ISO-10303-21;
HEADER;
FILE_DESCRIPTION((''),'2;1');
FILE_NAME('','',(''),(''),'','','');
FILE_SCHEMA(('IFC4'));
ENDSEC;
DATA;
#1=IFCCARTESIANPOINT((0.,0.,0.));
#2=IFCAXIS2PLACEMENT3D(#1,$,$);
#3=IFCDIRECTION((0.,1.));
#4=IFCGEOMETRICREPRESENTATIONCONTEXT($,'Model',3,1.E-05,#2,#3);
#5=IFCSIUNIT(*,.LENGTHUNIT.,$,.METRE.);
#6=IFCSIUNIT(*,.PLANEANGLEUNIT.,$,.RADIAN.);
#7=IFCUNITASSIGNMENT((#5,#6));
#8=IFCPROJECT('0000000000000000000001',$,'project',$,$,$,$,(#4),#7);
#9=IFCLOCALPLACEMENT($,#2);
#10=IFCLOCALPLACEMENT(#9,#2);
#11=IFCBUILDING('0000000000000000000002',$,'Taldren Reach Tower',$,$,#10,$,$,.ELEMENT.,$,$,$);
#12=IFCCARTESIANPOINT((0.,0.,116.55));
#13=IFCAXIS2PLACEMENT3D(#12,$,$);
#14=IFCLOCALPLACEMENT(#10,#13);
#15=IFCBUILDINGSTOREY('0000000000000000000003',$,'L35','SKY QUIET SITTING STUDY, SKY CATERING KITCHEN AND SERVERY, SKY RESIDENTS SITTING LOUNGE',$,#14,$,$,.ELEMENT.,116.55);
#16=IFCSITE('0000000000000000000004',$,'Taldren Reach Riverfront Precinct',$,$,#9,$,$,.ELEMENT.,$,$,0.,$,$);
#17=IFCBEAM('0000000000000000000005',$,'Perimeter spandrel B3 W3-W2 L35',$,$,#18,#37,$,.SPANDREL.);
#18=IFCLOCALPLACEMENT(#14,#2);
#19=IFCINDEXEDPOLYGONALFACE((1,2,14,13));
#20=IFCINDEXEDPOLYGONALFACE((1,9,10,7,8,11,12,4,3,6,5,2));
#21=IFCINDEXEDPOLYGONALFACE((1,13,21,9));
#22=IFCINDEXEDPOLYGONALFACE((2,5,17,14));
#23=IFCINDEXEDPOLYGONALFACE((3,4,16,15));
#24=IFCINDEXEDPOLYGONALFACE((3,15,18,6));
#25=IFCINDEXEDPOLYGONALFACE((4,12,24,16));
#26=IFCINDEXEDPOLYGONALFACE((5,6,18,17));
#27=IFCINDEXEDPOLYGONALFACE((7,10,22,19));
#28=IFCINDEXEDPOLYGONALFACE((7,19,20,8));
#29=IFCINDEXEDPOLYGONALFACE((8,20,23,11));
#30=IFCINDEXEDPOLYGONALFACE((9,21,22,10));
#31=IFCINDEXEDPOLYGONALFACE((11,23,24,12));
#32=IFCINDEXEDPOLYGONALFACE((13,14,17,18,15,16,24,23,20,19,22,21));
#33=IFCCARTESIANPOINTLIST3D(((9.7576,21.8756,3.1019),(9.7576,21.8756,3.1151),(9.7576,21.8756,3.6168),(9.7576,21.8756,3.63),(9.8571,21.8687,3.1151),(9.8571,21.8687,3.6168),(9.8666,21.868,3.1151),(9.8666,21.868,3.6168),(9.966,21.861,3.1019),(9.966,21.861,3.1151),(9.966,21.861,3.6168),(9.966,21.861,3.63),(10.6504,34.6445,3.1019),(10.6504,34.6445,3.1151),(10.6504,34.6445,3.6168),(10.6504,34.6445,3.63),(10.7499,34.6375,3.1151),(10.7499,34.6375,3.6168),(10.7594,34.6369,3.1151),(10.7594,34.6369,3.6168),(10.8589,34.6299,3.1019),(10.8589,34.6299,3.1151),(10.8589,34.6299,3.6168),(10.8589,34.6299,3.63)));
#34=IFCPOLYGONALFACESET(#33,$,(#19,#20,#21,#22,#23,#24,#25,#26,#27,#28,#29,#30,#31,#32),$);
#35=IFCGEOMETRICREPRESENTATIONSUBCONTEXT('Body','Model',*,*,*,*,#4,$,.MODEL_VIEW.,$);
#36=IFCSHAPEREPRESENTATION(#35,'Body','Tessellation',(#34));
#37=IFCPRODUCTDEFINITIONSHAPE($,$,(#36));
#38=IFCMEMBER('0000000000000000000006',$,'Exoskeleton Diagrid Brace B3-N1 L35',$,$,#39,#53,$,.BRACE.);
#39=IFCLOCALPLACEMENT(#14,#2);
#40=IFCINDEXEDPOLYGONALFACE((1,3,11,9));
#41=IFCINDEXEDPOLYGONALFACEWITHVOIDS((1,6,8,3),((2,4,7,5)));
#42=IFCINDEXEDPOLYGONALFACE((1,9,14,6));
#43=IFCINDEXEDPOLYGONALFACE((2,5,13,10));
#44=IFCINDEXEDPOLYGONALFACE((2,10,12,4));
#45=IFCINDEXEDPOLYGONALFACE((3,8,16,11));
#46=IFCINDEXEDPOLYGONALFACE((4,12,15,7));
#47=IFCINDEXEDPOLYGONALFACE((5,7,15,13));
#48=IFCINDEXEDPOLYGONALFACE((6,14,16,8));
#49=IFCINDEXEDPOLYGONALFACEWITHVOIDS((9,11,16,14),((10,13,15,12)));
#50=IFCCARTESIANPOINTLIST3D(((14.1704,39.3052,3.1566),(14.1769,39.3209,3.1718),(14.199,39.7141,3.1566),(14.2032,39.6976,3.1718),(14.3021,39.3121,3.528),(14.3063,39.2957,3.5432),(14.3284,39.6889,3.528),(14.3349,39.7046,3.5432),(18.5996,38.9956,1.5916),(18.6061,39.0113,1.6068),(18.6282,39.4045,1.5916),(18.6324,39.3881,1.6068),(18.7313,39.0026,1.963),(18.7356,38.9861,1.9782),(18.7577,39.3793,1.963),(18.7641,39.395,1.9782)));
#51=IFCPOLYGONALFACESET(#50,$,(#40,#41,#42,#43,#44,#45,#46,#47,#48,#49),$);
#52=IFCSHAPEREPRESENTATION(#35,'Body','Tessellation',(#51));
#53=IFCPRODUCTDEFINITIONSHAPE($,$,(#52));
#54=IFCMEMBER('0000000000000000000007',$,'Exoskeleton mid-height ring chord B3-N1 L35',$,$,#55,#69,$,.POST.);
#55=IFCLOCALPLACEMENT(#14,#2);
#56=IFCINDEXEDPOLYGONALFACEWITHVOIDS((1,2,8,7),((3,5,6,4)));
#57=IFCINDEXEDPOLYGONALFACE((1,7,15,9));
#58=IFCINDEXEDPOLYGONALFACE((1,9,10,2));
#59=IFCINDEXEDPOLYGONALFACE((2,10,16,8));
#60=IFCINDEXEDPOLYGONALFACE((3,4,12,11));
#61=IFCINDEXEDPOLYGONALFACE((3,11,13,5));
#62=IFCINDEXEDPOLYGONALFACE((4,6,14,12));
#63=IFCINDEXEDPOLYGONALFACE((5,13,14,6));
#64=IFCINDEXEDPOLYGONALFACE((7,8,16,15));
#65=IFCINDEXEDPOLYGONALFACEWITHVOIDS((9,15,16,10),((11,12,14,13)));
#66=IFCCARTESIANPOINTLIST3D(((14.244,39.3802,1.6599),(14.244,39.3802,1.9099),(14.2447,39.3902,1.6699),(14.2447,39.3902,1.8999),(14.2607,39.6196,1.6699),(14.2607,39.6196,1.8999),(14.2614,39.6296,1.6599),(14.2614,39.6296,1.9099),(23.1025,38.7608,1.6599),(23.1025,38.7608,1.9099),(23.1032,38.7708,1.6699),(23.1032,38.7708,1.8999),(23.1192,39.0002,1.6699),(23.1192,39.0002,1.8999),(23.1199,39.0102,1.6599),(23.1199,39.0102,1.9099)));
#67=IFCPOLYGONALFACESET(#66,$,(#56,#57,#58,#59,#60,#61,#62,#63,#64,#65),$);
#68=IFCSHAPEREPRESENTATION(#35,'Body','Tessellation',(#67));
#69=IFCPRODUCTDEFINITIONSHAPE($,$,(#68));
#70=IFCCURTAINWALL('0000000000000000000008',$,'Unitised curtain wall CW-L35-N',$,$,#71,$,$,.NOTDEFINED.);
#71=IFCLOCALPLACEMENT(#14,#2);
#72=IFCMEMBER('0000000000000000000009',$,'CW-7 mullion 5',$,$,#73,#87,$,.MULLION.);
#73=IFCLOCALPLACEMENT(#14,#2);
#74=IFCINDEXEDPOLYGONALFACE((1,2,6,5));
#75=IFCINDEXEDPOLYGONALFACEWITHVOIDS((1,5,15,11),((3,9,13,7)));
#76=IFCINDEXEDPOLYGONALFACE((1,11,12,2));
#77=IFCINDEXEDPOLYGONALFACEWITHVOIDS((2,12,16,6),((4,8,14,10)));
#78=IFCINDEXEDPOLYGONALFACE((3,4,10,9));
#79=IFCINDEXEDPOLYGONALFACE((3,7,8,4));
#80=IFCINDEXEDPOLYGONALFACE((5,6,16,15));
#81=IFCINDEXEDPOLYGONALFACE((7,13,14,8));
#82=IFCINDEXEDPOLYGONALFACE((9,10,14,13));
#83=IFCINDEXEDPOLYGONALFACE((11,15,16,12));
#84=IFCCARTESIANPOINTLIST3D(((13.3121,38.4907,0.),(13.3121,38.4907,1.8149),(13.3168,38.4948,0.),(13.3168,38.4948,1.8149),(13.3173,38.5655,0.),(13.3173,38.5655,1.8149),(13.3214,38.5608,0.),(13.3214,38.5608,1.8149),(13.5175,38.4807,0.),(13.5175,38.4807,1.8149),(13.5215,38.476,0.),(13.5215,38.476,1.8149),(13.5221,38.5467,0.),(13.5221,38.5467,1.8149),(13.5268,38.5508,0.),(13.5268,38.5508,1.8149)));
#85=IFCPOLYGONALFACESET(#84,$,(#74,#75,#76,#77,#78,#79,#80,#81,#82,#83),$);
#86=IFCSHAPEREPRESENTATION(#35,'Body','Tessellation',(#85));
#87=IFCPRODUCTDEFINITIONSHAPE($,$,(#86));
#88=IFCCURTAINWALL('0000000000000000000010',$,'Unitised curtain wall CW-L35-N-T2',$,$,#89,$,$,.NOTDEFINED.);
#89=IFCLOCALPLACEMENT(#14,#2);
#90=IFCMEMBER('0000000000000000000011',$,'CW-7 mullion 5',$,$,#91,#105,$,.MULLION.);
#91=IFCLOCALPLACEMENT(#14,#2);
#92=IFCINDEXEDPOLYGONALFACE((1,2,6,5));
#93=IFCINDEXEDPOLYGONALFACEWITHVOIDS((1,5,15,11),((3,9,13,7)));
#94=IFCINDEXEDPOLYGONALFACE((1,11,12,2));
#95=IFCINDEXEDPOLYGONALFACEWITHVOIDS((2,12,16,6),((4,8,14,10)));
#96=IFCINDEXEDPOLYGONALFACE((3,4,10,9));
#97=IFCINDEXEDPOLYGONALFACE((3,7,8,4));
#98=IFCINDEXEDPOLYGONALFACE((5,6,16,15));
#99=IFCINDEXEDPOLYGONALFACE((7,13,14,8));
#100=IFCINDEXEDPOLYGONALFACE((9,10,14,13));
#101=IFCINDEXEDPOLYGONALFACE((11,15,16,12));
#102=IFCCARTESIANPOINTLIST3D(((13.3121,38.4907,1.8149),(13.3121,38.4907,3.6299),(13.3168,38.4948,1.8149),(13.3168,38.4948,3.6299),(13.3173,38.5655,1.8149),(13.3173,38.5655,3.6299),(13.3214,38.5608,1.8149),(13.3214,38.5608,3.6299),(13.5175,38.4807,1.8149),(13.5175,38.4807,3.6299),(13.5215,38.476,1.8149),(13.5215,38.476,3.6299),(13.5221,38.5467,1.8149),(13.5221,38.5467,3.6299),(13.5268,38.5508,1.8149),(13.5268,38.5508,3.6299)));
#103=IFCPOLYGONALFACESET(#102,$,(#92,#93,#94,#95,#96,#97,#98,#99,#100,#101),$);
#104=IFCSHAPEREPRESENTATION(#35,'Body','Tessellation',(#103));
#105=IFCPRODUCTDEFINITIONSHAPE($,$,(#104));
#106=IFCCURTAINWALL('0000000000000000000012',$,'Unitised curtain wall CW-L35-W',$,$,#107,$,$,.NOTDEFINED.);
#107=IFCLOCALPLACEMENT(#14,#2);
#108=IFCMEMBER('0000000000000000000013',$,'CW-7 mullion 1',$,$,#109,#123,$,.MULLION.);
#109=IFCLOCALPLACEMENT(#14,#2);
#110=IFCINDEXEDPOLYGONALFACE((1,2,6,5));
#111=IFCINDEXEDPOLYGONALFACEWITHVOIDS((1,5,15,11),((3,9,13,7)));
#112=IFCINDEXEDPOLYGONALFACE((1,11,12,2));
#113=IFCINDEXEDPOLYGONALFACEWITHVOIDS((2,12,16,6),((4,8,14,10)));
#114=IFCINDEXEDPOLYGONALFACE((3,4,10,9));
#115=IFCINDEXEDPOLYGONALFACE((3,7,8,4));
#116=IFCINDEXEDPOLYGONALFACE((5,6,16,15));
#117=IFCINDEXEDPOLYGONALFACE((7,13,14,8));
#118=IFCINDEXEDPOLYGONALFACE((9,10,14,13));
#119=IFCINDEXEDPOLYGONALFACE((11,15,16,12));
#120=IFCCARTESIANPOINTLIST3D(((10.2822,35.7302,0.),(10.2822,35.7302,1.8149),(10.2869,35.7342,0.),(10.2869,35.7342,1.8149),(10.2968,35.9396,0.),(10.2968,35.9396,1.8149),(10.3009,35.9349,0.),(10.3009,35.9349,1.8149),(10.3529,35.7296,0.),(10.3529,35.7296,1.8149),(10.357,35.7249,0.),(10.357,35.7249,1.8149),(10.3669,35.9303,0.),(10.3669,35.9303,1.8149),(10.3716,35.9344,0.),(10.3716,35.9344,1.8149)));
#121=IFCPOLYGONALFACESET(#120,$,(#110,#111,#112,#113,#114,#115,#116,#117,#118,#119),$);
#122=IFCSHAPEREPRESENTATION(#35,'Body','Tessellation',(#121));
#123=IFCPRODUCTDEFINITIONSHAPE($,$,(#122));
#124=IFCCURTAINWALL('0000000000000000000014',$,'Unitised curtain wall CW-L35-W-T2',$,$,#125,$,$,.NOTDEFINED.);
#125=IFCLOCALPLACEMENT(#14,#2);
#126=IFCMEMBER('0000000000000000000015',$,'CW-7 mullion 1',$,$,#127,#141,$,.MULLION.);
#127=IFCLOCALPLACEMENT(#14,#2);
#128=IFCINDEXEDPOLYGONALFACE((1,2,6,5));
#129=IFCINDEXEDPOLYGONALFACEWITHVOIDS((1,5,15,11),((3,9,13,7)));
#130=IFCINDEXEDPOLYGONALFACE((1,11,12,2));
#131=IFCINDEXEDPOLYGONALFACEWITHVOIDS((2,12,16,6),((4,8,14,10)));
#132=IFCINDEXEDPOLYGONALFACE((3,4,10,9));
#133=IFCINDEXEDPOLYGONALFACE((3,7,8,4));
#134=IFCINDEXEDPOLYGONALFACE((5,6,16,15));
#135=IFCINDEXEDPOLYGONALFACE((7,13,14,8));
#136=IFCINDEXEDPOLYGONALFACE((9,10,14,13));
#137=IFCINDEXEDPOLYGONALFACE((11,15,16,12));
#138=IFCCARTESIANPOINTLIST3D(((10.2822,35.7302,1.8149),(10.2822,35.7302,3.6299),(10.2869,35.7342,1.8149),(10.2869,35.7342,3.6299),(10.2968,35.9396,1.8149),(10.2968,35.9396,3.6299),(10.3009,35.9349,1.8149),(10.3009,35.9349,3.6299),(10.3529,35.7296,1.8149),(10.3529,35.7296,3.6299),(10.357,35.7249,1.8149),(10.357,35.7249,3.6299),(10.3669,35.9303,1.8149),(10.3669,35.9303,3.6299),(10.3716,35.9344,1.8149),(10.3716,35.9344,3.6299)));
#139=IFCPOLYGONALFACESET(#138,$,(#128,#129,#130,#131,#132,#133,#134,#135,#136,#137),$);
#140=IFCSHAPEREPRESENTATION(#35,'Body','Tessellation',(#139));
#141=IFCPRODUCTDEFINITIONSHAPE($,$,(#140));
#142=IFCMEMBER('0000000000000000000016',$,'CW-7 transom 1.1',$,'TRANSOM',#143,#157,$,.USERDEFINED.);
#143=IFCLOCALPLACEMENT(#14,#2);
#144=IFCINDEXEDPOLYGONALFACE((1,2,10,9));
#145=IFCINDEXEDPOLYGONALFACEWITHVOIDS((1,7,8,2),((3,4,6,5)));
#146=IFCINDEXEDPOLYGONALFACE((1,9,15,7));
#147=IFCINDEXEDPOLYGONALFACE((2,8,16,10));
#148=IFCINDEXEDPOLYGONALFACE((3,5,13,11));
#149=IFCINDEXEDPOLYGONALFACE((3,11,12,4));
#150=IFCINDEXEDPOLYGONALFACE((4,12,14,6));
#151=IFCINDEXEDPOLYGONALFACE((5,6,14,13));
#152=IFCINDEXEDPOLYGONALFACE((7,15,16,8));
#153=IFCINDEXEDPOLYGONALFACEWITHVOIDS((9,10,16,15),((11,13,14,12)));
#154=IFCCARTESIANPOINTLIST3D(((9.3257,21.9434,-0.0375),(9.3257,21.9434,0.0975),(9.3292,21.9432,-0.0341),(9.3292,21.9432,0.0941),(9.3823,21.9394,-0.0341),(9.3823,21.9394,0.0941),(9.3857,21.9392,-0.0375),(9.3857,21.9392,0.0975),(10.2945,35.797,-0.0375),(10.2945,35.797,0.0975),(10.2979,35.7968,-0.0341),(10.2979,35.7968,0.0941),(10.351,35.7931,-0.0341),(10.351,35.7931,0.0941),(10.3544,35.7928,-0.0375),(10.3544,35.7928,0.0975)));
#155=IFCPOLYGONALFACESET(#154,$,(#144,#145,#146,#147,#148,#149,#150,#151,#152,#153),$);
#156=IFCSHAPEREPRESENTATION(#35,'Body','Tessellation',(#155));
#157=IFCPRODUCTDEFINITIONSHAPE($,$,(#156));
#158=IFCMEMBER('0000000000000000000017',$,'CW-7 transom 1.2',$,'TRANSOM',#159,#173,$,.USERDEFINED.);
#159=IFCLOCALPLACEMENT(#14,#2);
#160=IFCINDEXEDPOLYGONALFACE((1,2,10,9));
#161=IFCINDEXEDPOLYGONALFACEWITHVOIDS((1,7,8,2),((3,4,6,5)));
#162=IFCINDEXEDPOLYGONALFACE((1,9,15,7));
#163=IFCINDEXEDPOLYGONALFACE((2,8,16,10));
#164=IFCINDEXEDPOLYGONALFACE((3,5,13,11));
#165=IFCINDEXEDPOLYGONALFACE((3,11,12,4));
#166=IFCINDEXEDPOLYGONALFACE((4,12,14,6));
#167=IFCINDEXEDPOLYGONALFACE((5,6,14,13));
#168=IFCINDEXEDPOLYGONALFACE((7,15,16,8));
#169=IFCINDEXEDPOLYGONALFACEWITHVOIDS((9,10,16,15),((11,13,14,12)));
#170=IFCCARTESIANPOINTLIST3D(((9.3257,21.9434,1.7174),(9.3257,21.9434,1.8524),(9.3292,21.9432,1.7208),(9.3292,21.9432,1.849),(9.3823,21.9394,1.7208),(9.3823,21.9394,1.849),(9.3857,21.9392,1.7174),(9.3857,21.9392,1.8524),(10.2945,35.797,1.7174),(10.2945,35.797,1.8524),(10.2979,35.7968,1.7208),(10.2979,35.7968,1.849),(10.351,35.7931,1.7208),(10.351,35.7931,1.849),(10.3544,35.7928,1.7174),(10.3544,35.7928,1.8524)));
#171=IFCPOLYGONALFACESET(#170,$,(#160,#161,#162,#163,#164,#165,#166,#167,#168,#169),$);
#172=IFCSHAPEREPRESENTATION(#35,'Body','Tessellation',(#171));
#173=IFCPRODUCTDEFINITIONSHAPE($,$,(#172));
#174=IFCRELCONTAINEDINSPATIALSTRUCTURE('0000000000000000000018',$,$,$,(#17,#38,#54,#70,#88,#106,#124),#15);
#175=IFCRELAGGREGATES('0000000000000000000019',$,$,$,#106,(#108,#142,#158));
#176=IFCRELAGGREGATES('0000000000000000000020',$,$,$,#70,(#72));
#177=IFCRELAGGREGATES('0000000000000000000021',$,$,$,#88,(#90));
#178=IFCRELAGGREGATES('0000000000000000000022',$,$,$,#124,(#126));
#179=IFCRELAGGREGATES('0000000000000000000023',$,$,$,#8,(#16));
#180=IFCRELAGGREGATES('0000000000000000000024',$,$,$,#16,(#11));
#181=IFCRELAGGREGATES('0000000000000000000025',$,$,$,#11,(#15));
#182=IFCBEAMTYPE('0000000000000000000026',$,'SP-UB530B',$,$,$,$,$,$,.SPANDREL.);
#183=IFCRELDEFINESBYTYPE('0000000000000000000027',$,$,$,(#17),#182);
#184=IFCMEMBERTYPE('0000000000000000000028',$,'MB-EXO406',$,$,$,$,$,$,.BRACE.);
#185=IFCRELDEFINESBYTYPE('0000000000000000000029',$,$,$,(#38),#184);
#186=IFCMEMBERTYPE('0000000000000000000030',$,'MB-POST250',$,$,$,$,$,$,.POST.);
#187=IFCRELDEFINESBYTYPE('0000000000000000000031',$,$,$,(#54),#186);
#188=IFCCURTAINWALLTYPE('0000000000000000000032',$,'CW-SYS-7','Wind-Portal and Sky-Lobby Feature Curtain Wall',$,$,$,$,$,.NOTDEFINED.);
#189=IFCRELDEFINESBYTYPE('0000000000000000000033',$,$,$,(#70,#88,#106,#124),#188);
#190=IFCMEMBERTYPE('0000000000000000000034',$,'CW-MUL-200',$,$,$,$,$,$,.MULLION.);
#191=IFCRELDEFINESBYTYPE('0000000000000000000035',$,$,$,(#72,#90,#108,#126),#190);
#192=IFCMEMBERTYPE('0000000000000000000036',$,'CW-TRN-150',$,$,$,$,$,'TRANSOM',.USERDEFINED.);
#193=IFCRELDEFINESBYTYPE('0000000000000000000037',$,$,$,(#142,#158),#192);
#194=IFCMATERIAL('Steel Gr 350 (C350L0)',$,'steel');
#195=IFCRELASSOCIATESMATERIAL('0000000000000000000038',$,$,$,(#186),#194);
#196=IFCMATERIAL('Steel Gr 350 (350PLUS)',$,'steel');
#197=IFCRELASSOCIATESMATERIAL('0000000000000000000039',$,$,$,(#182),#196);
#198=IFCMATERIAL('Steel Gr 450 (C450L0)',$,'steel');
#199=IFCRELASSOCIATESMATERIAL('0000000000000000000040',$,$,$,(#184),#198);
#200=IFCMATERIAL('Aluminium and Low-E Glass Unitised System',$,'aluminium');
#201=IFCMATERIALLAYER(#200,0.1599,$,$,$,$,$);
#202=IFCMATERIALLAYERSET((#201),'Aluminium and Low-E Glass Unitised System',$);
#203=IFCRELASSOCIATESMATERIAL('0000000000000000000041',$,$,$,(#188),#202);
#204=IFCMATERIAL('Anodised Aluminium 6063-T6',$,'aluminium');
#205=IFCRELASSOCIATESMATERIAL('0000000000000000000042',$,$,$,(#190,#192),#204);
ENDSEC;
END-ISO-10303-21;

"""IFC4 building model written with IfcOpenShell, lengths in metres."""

from ifc_helpers import new_model, si_unit, direction, frame, origin, origin_2d, place, context, subcontext, project, spatial, hollow_rectangle, i_section, extrude, source, transform, mapped, material, layer, layer_set, material_profile, profile_set, type_object, element, aggregate, save


model = new_model("IFC4")

# Units and contexts
model_context = context("Model", 3, precision=1e-05, world=origin(), true_north=direction((0.0, 1.0)))
body_context = subcontext(model_context, "Body", "Model", "MODEL_VIEW")
ifc_project = project(units=[si_unit("LENGTHUNIT", "METRE"), si_unit("PLANEANGLEUNIT", "RADIAN")], contexts=[model_context])

# Site, building, storey
site_placement = place(None, origin())
site = spatial("IfcSite", under=ifc_project, at=site_placement, Name="Taldren Reach Riverfront Precinct", CompositionType="ELEMENT", RefElevation=0.0)
building_placement = place(site_placement, origin())
building = spatial("IfcBuilding", under=site, at=building_placement, Name="Taldren Reach Tower", CompositionType="ELEMENT")
storey_placement = place(building_placement, frame((0.0, 0.0, 116.55)))
storey = spatial("IfcBuildingStorey", under=building, at=storey_placement, Name="L35", Description="SKY QUIET SITTING STUDY, SKY CATERING KITCHEN AND SERVERY, SKY RESIDENTS SITTING LOUNGE", CompositionType="ELEMENT", Elevation=116.55)

# Shared definitions
ifc_material_1 = material(Name="Steel Gr 450 (C450L0)", Category="steel")
ifc_material_2 = material(Name="Steel Gr 350 (350PLUS)", Category="steel")

# Shared definitions
ifc_material_3 = material(Name="Steel Gr 350 (C350L0)", Category="steel")
ifc_material_profile_1 = material_profile(ifc_material_3, hollow_rectangle(XDim=0.25, YDim=0.25, WallThickness=0.01, at=origin_2d()), Name="250x250x10.0SHS")
ifc_profile_set_1 = profile_set([ifc_material_profile_1], Name="Steel Gr 350 (C350L0)")
member_type_1 = type_object("IfcMemberType", Name="MB-POST250", PredefinedType="POST", material=ifc_profile_set_1)

# Beam
ifc_material_profile_2 = material_profile(ifc_material_2, i_section(OverallWidth=0.209, OverallDepth=0.5281, WebThickness=0.0095, FlangeThickness=0.0132, at=origin_2d()), Name="530UB82.0")
ifc_profile_set_2 = profile_set([ifc_material_profile_2], Name="Steel Gr 350 (350PLUS)")
beam_type_1 = type_object("IfcBeamType", Name="SP-UB530B", PredefinedType="SPANDREL", material=ifc_profile_set_2)
shared_shape_1 = source(origin(), body_context, "Body", "SweptSolid", [
    extrude(i_section(OverallWidth=0.209, OverallDepth=0.5281, WebThickness=0.0095, FlangeThickness=0.0132, at=origin_2d()), origin(), (0.0, 0.0, 1.0), 12.8),
])
beam_1_placement = place(storey_placement, frame((10.7546, 34.6372, 3.366), z_axis=(-0.069752, -0.997564, 0.0), x_axis=(0.997564, -0.069752, 0.0)))
element("IfcBeam", 1, at=beam_1_placement, inside=storey, type_object=beam_type_1, Name="Perimeter spandrel B3 W3-W2 L35", PredefinedType="SPANDREL", context=body_context, shape_type="MappedRepresentation", body=[
    mapped(shared_shape_1, transform((0.0, 0.0, 0.0), scale=1.0)),
])

# Members
ifc_material_profile_3 = material_profile(ifc_material_1, hollow_rectangle(XDim=0.4099, YDim=0.4099, WallThickness=0.0161, at=origin_2d()), Name="410x410x16.0SHS")
ifc_profile_set_3 = profile_set([ifc_material_profile_3], Name="Steel Gr 450 (C450L0)")
member_type_2 = type_object("IfcMemberType", Name="MB-EXO406", PredefinedType="BRACE", material=ifc_profile_set_3)
shared_shape_2 = source(origin(), body_context, "Body", "SweptSolid", [
    extrude(hollow_rectangle(XDim=0.4099, YDim=0.4099, WallThickness=0.0161, at=origin_2d()), origin(), (0.0, 0.0, 1.0), 4.7078),
])
member_1_placement = place(storey_placement, frame((18.6819, 39.1953, 1.7849), z_axis=(-0.940836, 0.065758, 0.33242), x_axis=(-0.069723, -0.997566, 0.0)))
element("IfcMember", 2, at=member_1_placement, inside=storey, type_object=member_type_2, Name="Exoskeleton Diagrid Brace B3-N1 L35", PredefinedType="BRACE", context=body_context, shape_type="MappedRepresentation", body=[
    mapped(shared_shape_2, transform((0.0, 0.0, 0.0), scale=1.0)),
])
shared_shape_3 = source(origin(), body_context, "Body", "SweptSolid", [
    extrude(hollow_rectangle(XDim=0.25, YDim=0.25, WallThickness=0.01, at=origin_2d()), origin(), (0.0, 0.0, 1.0), 8.8801),
])
member_2_placement = place(storey_placement, frame((14.2527, 39.5049, 1.7849), z_axis=(0.997564, -0.06975, 0.0), x_axis=(0.06975, 0.997564, 0.0)))
element("IfcMember", 3, at=member_2_placement, inside=storey, type_object=member_type_1, Name="Exoskeleton mid-height ring chord B3-N1 L35", PredefinedType="POST", context=body_context, shape_type="MappedRepresentation", body=[
    mapped(shared_shape_3, transform((0.0, 0.0, 0.0), scale=1.0)),
])

# Curtain walls, members
ifc_material_4 = material(Name="Aluminium and Low-E Glass Unitised System", Category="aluminium")
ifc_layer_1 = layer(ifc_material_4, 0.1599)
ifc_layer_set_1 = layer_set([ifc_layer_1], Name="Aluminium and Low-E Glass Unitised System")
curtain_wall_type = type_object("IfcCurtainWallType", Name="CW-SYS-7", Description="Wind-Portal and Sky-Lobby Feature Curtain Wall", PredefinedType="NOTDEFINED", material=ifc_layer_set_1)
curtain_wall_1_placement = place(storey_placement, origin())
curtain_wall_1 = element("IfcCurtainWall", 4, at=curtain_wall_1_placement, inside=storey, type_object=curtain_wall_type, Name="Unitised curtain wall CW-L35-N", PredefinedType="NOTDEFINED")
ifc_material_5 = material(Name="Anodised Aluminium 6063-T6", Category="aluminium")
ifc_material_profile_4 = material_profile(ifc_material_5, hollow_rectangle(XDim=0.075, YDim=0.21, WallThickness=0.0044, at=origin_2d()), Name="ALU-210x75x4.5RHS")
ifc_profile_set_4 = profile_set([ifc_material_profile_4], Name="Anodised Aluminium 6063-T6")
member_type_3 = type_object("IfcMemberType", Name="CW-MUL-200", PredefinedType="MULLION", material=ifc_profile_set_4)
shared_shape_4 = source(origin(), body_context, "Body", "SweptSolid", [
    extrude(hollow_rectangle(XDim=0.075, YDim=0.21, WallThickness=0.0044, at=origin_2d()), origin(), (0.0, 0.0, 1.0), 1.8149),
])
member_3_placement = place(storey_placement, frame((13.4194, 38.5208, 0.0), z_axis=(0.0, 0.0, 1.0), x_axis=(-0.069757, -0.997564, 0.0)))
member_3 = element("IfcMember", 5, at=member_3_placement, type_object=member_type_3, Name="CW-7 mullion 5", PredefinedType="MULLION", context=body_context, shape_type="MappedRepresentation", body=[
    mapped(shared_shape_4, transform((0.0, 0.0, 0.0), scale=1.0)),
])
curtain_wall_2_placement = place(storey_placement, origin())
curtain_wall_2 = element("IfcCurtainWall", 6, at=curtain_wall_2_placement, inside=storey, type_object=curtain_wall_type, Name="Unitised curtain wall CW-L35-N-T2", PredefinedType="NOTDEFINED")
member_4_placement = place(storey_placement, frame((13.4194, 38.5208, 1.8149), z_axis=(0.0, 0.0, 1.0), x_axis=(-0.069757, -0.997564, 0.0)))
member_4 = element("IfcMember", 7, at=member_4_placement, type_object=member_type_3, Name="CW-7 mullion 5", PredefinedType="MULLION", context=body_context, shape_type="MappedRepresentation", body=[
    mapped(shared_shape_4, transform((0.0, 0.0, 0.0), scale=1.0)),
])
curtain_wall_3_placement = place(storey_placement, origin())
curtain_wall_3 = element("IfcCurtainWall", 8, at=curtain_wall_3_placement, inside=storey, type_object=curtain_wall_type, Name="Unitised curtain wall CW-L35-W", PredefinedType="NOTDEFINED")
member_5_placement = place(storey_placement, frame((10.3269, 35.8323, 0.0), z_axis=(0.0, 0.0, 1.0), x_axis=(0.997564, -0.069756, 0.0)))
member_5 = element("IfcMember", 9, at=member_5_placement, type_object=member_type_3, Name="CW-7 mullion 1", PredefinedType="MULLION", context=body_context, shape_type="MappedRepresentation", body=[
    mapped(shared_shape_4, transform((0.0, 0.0, 0.0), scale=1.0)),
])
curtain_wall_4_placement = place(storey_placement, origin())
curtain_wall_4 = element("IfcCurtainWall", 10, at=curtain_wall_4_placement, inside=storey, type_object=curtain_wall_type, Name="Unitised curtain wall CW-L35-W-T2", PredefinedType="NOTDEFINED")
member_6_placement = place(storey_placement, frame((10.3269, 35.8323, 1.8149), z_axis=(0.0, 0.0, 1.0), x_axis=(0.997564, -0.069756, 0.0)))
member_6 = element("IfcMember", 11, at=member_6_placement, type_object=member_type_3, Name="CW-7 mullion 1", PredefinedType="MULLION", context=body_context, shape_type="MappedRepresentation", body=[
    mapped(shared_shape_4, transform((0.0, 0.0, 0.0), scale=1.0)),
])

# Members
ifc_material_profile_5 = material_profile(ifc_material_5, hollow_rectangle(XDim=0.0601, YDim=0.135, WallThickness=0.0034, at=origin_2d()), Name="ALU-135x60x3.5RHS")
ifc_profile_set_5 = profile_set([ifc_material_profile_5], Name="Anodised Aluminium 6063-T6")
member_type_4 = type_object("IfcMemberType", Name="CW-TRN-150", ElementType="TRANSOM", PredefinedType="USERDEFINED", material=ifc_profile_set_5)
shared_shape_5 = source(origin(), body_context, "Body", "SweptSolid", [
    extrude(hollow_rectangle(XDim=0.0601, YDim=0.135, WallThickness=0.0034, at=origin_2d()), origin(), (0.0, 0.0, 1.0), 13.8875),
])
member_7_placement = place(storey_placement, frame((10.3245, 35.7949, 0.03), z_axis=(-0.069758, -0.997564, 0.0), x_axis=(0.997564, -0.069758, 0.0)))
member_7 = element("IfcMember", 12, at=member_7_placement, type_object=member_type_4, Name="CW-7 transom 1.1", ObjectType="TRANSOM", PredefinedType="USERDEFINED", context=body_context, shape_type="MappedRepresentation", body=[
    mapped(shared_shape_5, transform((0.0, 0.0, 0.0), scale=1.0)),
])
member_8_placement = place(storey_placement, frame((10.3245, 35.7949, 1.7849), z_axis=(-0.069758, -0.997564, 0.0), x_axis=(0.997564, -0.069758, 0.0)))
member_8 = element("IfcMember", 13, at=member_8_placement, type_object=member_type_4, Name="CW-7 transom 1.2", ObjectType="TRANSOM", PredefinedType="USERDEFINED", context=body_context, shape_type="MappedRepresentation", body=[
    mapped(shared_shape_5, transform((0.0, 0.0, 0.0), scale=1.0)),
])
aggregate(curtain_wall_3, [member_5, member_7, member_8])

aggregate(curtain_wall_1, [member_3])
aggregate(curtain_wall_2, [member_4])
aggregate(curtain_wall_4, [member_6])

save(model, "model.ifc")
